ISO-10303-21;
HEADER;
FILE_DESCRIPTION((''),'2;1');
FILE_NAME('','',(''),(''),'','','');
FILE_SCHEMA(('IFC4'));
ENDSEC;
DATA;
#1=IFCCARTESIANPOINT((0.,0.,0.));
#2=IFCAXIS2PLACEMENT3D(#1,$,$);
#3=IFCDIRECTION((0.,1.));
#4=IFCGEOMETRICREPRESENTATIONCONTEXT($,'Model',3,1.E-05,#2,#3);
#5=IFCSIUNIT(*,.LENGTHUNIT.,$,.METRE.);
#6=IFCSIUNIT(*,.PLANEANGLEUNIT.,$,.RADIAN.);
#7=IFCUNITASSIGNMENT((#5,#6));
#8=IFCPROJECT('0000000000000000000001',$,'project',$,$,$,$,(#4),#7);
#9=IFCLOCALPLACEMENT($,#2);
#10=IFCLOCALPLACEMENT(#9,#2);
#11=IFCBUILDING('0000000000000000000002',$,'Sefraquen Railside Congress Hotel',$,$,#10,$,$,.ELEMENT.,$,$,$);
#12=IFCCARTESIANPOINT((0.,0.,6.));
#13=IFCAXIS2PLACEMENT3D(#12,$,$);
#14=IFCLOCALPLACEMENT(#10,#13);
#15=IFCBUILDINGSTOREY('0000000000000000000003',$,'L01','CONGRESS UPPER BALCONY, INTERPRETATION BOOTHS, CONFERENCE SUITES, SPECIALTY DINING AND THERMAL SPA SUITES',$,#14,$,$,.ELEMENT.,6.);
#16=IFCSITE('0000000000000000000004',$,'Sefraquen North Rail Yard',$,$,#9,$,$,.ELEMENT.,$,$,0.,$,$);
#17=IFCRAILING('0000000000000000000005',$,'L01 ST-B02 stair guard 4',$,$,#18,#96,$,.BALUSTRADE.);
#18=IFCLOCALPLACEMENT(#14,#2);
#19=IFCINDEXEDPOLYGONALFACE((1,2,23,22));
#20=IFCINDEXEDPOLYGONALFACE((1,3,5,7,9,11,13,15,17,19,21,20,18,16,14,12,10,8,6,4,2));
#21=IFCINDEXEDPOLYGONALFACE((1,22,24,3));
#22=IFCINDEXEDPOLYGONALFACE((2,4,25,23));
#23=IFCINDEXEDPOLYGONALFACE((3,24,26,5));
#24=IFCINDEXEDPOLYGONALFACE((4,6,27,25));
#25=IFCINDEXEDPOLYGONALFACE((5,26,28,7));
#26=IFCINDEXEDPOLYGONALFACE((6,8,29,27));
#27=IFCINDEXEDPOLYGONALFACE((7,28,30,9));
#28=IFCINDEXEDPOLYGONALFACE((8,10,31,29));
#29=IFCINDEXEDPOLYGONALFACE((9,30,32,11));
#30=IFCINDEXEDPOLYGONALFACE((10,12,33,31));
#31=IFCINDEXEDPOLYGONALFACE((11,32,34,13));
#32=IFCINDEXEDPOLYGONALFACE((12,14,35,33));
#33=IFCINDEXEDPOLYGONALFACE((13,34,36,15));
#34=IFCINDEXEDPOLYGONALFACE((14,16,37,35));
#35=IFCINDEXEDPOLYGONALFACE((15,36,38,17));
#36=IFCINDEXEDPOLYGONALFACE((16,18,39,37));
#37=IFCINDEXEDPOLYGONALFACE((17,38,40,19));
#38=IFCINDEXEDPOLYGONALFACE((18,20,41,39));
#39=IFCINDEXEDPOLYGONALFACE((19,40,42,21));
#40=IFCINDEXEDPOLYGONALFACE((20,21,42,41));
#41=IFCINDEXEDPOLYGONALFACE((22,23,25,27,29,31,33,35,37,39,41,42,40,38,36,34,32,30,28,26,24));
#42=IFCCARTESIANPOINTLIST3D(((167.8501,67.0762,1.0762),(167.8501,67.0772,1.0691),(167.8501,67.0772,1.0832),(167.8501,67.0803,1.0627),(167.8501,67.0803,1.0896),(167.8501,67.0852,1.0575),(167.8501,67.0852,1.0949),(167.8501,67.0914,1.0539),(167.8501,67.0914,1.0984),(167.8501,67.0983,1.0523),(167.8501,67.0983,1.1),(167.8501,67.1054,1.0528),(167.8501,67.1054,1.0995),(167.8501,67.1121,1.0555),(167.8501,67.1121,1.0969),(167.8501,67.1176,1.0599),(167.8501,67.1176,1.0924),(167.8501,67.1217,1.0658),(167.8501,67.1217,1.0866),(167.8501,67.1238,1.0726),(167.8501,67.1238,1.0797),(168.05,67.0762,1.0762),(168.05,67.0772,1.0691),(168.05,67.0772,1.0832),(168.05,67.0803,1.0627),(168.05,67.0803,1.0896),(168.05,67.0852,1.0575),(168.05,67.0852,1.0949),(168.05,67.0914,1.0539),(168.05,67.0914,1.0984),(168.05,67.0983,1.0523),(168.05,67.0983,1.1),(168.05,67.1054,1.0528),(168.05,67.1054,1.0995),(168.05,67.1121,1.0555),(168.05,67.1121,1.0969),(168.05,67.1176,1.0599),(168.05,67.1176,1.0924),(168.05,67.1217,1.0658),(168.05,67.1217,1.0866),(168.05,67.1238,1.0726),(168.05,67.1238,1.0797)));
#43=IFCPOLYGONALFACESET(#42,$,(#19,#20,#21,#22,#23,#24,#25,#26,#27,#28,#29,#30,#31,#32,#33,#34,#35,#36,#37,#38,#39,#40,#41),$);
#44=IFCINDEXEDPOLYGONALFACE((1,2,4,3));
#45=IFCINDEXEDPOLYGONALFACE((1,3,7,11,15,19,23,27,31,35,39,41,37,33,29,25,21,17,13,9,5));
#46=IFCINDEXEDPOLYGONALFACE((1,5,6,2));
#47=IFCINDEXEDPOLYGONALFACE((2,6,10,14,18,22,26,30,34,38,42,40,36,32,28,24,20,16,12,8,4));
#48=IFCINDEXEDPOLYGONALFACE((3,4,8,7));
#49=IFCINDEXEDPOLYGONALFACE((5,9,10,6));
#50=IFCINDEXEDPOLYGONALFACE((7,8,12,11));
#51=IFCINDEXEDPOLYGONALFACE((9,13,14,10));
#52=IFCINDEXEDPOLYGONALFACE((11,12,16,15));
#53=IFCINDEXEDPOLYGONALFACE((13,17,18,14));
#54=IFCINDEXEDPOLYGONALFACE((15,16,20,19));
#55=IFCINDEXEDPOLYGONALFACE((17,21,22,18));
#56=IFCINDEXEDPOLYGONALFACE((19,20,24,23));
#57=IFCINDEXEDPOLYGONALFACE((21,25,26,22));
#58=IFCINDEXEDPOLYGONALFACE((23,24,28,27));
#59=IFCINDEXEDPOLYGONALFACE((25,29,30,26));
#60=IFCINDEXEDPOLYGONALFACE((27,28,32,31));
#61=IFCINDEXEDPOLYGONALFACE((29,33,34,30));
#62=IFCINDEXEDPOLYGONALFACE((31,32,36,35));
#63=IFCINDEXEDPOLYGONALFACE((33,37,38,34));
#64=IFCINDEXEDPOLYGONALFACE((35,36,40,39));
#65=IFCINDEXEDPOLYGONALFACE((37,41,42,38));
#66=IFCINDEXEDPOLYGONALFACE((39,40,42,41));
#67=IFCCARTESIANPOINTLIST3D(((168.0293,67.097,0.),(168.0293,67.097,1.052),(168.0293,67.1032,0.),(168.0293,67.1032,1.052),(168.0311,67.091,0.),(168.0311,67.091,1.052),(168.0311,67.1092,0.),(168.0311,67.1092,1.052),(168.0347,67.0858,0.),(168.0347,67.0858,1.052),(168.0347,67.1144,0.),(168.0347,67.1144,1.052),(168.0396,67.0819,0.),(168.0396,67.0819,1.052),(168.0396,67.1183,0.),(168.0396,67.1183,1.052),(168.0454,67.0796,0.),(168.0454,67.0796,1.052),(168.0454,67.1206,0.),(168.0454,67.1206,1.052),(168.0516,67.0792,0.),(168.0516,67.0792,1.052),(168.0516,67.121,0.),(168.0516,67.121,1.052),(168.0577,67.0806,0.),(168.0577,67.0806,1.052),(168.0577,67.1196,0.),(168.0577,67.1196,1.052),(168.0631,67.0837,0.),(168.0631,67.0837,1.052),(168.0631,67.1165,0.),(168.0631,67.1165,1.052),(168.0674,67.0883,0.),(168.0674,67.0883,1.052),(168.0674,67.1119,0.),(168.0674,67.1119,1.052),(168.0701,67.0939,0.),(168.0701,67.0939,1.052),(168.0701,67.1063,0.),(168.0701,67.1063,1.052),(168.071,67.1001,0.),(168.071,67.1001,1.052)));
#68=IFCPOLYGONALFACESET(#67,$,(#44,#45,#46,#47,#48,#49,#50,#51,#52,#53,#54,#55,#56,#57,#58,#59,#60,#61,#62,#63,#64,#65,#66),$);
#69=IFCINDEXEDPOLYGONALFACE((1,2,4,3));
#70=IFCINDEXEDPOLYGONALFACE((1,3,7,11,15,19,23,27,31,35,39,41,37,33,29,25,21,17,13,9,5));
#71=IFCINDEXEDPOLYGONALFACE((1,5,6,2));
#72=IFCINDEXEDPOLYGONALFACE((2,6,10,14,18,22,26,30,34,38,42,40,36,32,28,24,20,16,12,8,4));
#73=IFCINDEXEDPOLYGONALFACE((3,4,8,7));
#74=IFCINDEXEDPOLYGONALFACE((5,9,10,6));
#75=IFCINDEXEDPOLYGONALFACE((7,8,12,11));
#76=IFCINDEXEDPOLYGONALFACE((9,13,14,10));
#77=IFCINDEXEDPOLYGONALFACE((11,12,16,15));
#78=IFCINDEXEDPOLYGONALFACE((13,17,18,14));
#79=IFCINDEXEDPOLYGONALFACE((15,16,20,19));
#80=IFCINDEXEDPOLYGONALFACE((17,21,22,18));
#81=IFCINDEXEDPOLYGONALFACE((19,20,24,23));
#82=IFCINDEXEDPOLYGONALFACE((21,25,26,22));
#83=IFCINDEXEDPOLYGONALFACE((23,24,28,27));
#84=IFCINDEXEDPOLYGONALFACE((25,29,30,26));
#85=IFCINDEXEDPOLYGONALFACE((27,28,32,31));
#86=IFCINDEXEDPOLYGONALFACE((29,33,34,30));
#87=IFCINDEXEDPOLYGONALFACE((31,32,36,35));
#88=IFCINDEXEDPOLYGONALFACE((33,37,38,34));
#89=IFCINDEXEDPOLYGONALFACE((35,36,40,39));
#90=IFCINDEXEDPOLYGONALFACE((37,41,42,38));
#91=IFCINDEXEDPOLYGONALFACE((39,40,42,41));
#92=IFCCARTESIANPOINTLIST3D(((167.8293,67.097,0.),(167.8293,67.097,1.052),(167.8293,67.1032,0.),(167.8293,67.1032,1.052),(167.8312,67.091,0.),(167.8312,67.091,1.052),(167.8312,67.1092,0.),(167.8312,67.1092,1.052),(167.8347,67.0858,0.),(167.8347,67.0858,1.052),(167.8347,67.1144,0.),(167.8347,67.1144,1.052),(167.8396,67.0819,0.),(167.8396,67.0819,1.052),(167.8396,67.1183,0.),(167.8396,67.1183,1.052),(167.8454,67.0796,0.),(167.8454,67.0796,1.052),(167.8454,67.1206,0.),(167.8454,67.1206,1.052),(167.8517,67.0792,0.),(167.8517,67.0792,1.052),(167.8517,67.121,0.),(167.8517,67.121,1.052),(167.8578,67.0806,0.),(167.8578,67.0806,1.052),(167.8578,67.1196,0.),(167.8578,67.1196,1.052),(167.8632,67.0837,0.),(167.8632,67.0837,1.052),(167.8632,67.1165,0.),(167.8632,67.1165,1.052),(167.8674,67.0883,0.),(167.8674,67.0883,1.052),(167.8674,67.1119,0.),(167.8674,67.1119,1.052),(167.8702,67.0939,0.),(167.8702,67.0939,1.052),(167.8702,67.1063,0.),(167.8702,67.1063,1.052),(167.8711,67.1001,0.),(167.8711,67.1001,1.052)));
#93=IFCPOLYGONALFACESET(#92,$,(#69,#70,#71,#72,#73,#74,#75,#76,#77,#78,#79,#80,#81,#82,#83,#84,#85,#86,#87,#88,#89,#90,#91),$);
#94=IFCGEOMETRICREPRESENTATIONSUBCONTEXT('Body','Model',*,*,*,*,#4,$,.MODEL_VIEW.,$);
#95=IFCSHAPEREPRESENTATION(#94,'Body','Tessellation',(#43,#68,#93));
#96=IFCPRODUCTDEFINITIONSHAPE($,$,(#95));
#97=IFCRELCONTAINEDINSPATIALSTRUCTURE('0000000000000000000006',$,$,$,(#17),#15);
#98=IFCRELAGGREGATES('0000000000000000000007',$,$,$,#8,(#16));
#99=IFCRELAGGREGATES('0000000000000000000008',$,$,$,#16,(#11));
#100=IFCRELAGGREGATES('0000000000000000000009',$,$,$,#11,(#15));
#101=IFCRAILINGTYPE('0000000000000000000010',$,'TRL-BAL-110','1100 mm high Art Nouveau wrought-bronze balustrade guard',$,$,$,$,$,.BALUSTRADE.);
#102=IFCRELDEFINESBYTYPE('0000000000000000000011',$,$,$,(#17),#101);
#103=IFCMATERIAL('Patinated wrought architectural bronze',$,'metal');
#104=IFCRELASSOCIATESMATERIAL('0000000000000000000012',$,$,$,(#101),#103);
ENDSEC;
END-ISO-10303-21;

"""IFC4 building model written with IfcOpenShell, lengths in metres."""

from ifc_helpers import new_model, si_unit, direction, frame, origin, origin_2d, place, context, subcontext, project, spatial, circle, extrude, material, type_object, element, save


model = new_model("IFC4")

# Units and contexts
model_context = context("Model", 3, precision=1e-05, world=origin(), true_north=direction((0.0, 1.0)))
body_context = subcontext(model_context, "Body", "Model", "MODEL_VIEW")
ifc_project = project(units=[si_unit("LENGTHUNIT", "METRE"), si_unit("PLANEANGLEUNIT", "RADIAN")], contexts=[model_context])

# Site, building, storey
site_placement = place(None, origin())
site = spatial("IfcSite", under=ifc_project, at=site_placement, Name="Sefraquen North Rail Yard", CompositionType="ELEMENT", RefElevation=0.0)
building_placement = place(site_placement, origin())
building = spatial("IfcBuilding", under=site, at=building_placement, Name="Sefraquen Railside Congress Hotel", CompositionType="ELEMENT")
storey_placement = place(building_placement, frame((0.0, 0.0, 6.0)))
storey = spatial("IfcBuildingStorey", under=building, at=storey_placement, Name="L01", Description="CONGRESS UPPER BALCONY, INTERPRETATION BOOTHS, CONFERENCE SUITES, SPECIALTY DINING AND THERMAL SPA SUITES", CompositionType="ELEMENT", Elevation=6.0)

# Railing
ifc_material_1 = material(Name="Patinated wrought architectural bronze", Category="metal")
railing_type_1 = type_object("IfcRailingType", Name="TRL-BAL-110", Description="1100 mm high Art Nouveau wrought-bronze balustrade guard", PredefinedType="BALUSTRADE", material=ifc_material_1)
railing_1_placement = place(storey_placement, frame((168.05, 67.1001, 0.0)))
element("IfcRailing", 1, at=railing_1_placement, inside=storey, type_object=railing_type_1, Name="L01 ST-B02 stair guard 4", PredefinedType="BALUSTRADE", context=body_context, shape_type="SweptSolid", body=[
    extrude(circle(Radius=0.0239, at=origin_2d()), frame((0.0, 0.0, 1.0762), z_axis=(-1.0, 0.0, 0.0), x_axis=(0.0, -1.0, 0.0)), (0.0, 0.0, 1.0), 0.2),
    extrude(circle(Radius=0.021, at=origin_2d()), origin(), (0.0, 0.0, 1.0), 1.052),
    extrude(circle(Radius=0.021, at=origin_2d()), frame((-0.2, 0.0, 0.0)), (0.0, 0.0, 1.0), 1.052),
])

save(model, "model.ifc")
